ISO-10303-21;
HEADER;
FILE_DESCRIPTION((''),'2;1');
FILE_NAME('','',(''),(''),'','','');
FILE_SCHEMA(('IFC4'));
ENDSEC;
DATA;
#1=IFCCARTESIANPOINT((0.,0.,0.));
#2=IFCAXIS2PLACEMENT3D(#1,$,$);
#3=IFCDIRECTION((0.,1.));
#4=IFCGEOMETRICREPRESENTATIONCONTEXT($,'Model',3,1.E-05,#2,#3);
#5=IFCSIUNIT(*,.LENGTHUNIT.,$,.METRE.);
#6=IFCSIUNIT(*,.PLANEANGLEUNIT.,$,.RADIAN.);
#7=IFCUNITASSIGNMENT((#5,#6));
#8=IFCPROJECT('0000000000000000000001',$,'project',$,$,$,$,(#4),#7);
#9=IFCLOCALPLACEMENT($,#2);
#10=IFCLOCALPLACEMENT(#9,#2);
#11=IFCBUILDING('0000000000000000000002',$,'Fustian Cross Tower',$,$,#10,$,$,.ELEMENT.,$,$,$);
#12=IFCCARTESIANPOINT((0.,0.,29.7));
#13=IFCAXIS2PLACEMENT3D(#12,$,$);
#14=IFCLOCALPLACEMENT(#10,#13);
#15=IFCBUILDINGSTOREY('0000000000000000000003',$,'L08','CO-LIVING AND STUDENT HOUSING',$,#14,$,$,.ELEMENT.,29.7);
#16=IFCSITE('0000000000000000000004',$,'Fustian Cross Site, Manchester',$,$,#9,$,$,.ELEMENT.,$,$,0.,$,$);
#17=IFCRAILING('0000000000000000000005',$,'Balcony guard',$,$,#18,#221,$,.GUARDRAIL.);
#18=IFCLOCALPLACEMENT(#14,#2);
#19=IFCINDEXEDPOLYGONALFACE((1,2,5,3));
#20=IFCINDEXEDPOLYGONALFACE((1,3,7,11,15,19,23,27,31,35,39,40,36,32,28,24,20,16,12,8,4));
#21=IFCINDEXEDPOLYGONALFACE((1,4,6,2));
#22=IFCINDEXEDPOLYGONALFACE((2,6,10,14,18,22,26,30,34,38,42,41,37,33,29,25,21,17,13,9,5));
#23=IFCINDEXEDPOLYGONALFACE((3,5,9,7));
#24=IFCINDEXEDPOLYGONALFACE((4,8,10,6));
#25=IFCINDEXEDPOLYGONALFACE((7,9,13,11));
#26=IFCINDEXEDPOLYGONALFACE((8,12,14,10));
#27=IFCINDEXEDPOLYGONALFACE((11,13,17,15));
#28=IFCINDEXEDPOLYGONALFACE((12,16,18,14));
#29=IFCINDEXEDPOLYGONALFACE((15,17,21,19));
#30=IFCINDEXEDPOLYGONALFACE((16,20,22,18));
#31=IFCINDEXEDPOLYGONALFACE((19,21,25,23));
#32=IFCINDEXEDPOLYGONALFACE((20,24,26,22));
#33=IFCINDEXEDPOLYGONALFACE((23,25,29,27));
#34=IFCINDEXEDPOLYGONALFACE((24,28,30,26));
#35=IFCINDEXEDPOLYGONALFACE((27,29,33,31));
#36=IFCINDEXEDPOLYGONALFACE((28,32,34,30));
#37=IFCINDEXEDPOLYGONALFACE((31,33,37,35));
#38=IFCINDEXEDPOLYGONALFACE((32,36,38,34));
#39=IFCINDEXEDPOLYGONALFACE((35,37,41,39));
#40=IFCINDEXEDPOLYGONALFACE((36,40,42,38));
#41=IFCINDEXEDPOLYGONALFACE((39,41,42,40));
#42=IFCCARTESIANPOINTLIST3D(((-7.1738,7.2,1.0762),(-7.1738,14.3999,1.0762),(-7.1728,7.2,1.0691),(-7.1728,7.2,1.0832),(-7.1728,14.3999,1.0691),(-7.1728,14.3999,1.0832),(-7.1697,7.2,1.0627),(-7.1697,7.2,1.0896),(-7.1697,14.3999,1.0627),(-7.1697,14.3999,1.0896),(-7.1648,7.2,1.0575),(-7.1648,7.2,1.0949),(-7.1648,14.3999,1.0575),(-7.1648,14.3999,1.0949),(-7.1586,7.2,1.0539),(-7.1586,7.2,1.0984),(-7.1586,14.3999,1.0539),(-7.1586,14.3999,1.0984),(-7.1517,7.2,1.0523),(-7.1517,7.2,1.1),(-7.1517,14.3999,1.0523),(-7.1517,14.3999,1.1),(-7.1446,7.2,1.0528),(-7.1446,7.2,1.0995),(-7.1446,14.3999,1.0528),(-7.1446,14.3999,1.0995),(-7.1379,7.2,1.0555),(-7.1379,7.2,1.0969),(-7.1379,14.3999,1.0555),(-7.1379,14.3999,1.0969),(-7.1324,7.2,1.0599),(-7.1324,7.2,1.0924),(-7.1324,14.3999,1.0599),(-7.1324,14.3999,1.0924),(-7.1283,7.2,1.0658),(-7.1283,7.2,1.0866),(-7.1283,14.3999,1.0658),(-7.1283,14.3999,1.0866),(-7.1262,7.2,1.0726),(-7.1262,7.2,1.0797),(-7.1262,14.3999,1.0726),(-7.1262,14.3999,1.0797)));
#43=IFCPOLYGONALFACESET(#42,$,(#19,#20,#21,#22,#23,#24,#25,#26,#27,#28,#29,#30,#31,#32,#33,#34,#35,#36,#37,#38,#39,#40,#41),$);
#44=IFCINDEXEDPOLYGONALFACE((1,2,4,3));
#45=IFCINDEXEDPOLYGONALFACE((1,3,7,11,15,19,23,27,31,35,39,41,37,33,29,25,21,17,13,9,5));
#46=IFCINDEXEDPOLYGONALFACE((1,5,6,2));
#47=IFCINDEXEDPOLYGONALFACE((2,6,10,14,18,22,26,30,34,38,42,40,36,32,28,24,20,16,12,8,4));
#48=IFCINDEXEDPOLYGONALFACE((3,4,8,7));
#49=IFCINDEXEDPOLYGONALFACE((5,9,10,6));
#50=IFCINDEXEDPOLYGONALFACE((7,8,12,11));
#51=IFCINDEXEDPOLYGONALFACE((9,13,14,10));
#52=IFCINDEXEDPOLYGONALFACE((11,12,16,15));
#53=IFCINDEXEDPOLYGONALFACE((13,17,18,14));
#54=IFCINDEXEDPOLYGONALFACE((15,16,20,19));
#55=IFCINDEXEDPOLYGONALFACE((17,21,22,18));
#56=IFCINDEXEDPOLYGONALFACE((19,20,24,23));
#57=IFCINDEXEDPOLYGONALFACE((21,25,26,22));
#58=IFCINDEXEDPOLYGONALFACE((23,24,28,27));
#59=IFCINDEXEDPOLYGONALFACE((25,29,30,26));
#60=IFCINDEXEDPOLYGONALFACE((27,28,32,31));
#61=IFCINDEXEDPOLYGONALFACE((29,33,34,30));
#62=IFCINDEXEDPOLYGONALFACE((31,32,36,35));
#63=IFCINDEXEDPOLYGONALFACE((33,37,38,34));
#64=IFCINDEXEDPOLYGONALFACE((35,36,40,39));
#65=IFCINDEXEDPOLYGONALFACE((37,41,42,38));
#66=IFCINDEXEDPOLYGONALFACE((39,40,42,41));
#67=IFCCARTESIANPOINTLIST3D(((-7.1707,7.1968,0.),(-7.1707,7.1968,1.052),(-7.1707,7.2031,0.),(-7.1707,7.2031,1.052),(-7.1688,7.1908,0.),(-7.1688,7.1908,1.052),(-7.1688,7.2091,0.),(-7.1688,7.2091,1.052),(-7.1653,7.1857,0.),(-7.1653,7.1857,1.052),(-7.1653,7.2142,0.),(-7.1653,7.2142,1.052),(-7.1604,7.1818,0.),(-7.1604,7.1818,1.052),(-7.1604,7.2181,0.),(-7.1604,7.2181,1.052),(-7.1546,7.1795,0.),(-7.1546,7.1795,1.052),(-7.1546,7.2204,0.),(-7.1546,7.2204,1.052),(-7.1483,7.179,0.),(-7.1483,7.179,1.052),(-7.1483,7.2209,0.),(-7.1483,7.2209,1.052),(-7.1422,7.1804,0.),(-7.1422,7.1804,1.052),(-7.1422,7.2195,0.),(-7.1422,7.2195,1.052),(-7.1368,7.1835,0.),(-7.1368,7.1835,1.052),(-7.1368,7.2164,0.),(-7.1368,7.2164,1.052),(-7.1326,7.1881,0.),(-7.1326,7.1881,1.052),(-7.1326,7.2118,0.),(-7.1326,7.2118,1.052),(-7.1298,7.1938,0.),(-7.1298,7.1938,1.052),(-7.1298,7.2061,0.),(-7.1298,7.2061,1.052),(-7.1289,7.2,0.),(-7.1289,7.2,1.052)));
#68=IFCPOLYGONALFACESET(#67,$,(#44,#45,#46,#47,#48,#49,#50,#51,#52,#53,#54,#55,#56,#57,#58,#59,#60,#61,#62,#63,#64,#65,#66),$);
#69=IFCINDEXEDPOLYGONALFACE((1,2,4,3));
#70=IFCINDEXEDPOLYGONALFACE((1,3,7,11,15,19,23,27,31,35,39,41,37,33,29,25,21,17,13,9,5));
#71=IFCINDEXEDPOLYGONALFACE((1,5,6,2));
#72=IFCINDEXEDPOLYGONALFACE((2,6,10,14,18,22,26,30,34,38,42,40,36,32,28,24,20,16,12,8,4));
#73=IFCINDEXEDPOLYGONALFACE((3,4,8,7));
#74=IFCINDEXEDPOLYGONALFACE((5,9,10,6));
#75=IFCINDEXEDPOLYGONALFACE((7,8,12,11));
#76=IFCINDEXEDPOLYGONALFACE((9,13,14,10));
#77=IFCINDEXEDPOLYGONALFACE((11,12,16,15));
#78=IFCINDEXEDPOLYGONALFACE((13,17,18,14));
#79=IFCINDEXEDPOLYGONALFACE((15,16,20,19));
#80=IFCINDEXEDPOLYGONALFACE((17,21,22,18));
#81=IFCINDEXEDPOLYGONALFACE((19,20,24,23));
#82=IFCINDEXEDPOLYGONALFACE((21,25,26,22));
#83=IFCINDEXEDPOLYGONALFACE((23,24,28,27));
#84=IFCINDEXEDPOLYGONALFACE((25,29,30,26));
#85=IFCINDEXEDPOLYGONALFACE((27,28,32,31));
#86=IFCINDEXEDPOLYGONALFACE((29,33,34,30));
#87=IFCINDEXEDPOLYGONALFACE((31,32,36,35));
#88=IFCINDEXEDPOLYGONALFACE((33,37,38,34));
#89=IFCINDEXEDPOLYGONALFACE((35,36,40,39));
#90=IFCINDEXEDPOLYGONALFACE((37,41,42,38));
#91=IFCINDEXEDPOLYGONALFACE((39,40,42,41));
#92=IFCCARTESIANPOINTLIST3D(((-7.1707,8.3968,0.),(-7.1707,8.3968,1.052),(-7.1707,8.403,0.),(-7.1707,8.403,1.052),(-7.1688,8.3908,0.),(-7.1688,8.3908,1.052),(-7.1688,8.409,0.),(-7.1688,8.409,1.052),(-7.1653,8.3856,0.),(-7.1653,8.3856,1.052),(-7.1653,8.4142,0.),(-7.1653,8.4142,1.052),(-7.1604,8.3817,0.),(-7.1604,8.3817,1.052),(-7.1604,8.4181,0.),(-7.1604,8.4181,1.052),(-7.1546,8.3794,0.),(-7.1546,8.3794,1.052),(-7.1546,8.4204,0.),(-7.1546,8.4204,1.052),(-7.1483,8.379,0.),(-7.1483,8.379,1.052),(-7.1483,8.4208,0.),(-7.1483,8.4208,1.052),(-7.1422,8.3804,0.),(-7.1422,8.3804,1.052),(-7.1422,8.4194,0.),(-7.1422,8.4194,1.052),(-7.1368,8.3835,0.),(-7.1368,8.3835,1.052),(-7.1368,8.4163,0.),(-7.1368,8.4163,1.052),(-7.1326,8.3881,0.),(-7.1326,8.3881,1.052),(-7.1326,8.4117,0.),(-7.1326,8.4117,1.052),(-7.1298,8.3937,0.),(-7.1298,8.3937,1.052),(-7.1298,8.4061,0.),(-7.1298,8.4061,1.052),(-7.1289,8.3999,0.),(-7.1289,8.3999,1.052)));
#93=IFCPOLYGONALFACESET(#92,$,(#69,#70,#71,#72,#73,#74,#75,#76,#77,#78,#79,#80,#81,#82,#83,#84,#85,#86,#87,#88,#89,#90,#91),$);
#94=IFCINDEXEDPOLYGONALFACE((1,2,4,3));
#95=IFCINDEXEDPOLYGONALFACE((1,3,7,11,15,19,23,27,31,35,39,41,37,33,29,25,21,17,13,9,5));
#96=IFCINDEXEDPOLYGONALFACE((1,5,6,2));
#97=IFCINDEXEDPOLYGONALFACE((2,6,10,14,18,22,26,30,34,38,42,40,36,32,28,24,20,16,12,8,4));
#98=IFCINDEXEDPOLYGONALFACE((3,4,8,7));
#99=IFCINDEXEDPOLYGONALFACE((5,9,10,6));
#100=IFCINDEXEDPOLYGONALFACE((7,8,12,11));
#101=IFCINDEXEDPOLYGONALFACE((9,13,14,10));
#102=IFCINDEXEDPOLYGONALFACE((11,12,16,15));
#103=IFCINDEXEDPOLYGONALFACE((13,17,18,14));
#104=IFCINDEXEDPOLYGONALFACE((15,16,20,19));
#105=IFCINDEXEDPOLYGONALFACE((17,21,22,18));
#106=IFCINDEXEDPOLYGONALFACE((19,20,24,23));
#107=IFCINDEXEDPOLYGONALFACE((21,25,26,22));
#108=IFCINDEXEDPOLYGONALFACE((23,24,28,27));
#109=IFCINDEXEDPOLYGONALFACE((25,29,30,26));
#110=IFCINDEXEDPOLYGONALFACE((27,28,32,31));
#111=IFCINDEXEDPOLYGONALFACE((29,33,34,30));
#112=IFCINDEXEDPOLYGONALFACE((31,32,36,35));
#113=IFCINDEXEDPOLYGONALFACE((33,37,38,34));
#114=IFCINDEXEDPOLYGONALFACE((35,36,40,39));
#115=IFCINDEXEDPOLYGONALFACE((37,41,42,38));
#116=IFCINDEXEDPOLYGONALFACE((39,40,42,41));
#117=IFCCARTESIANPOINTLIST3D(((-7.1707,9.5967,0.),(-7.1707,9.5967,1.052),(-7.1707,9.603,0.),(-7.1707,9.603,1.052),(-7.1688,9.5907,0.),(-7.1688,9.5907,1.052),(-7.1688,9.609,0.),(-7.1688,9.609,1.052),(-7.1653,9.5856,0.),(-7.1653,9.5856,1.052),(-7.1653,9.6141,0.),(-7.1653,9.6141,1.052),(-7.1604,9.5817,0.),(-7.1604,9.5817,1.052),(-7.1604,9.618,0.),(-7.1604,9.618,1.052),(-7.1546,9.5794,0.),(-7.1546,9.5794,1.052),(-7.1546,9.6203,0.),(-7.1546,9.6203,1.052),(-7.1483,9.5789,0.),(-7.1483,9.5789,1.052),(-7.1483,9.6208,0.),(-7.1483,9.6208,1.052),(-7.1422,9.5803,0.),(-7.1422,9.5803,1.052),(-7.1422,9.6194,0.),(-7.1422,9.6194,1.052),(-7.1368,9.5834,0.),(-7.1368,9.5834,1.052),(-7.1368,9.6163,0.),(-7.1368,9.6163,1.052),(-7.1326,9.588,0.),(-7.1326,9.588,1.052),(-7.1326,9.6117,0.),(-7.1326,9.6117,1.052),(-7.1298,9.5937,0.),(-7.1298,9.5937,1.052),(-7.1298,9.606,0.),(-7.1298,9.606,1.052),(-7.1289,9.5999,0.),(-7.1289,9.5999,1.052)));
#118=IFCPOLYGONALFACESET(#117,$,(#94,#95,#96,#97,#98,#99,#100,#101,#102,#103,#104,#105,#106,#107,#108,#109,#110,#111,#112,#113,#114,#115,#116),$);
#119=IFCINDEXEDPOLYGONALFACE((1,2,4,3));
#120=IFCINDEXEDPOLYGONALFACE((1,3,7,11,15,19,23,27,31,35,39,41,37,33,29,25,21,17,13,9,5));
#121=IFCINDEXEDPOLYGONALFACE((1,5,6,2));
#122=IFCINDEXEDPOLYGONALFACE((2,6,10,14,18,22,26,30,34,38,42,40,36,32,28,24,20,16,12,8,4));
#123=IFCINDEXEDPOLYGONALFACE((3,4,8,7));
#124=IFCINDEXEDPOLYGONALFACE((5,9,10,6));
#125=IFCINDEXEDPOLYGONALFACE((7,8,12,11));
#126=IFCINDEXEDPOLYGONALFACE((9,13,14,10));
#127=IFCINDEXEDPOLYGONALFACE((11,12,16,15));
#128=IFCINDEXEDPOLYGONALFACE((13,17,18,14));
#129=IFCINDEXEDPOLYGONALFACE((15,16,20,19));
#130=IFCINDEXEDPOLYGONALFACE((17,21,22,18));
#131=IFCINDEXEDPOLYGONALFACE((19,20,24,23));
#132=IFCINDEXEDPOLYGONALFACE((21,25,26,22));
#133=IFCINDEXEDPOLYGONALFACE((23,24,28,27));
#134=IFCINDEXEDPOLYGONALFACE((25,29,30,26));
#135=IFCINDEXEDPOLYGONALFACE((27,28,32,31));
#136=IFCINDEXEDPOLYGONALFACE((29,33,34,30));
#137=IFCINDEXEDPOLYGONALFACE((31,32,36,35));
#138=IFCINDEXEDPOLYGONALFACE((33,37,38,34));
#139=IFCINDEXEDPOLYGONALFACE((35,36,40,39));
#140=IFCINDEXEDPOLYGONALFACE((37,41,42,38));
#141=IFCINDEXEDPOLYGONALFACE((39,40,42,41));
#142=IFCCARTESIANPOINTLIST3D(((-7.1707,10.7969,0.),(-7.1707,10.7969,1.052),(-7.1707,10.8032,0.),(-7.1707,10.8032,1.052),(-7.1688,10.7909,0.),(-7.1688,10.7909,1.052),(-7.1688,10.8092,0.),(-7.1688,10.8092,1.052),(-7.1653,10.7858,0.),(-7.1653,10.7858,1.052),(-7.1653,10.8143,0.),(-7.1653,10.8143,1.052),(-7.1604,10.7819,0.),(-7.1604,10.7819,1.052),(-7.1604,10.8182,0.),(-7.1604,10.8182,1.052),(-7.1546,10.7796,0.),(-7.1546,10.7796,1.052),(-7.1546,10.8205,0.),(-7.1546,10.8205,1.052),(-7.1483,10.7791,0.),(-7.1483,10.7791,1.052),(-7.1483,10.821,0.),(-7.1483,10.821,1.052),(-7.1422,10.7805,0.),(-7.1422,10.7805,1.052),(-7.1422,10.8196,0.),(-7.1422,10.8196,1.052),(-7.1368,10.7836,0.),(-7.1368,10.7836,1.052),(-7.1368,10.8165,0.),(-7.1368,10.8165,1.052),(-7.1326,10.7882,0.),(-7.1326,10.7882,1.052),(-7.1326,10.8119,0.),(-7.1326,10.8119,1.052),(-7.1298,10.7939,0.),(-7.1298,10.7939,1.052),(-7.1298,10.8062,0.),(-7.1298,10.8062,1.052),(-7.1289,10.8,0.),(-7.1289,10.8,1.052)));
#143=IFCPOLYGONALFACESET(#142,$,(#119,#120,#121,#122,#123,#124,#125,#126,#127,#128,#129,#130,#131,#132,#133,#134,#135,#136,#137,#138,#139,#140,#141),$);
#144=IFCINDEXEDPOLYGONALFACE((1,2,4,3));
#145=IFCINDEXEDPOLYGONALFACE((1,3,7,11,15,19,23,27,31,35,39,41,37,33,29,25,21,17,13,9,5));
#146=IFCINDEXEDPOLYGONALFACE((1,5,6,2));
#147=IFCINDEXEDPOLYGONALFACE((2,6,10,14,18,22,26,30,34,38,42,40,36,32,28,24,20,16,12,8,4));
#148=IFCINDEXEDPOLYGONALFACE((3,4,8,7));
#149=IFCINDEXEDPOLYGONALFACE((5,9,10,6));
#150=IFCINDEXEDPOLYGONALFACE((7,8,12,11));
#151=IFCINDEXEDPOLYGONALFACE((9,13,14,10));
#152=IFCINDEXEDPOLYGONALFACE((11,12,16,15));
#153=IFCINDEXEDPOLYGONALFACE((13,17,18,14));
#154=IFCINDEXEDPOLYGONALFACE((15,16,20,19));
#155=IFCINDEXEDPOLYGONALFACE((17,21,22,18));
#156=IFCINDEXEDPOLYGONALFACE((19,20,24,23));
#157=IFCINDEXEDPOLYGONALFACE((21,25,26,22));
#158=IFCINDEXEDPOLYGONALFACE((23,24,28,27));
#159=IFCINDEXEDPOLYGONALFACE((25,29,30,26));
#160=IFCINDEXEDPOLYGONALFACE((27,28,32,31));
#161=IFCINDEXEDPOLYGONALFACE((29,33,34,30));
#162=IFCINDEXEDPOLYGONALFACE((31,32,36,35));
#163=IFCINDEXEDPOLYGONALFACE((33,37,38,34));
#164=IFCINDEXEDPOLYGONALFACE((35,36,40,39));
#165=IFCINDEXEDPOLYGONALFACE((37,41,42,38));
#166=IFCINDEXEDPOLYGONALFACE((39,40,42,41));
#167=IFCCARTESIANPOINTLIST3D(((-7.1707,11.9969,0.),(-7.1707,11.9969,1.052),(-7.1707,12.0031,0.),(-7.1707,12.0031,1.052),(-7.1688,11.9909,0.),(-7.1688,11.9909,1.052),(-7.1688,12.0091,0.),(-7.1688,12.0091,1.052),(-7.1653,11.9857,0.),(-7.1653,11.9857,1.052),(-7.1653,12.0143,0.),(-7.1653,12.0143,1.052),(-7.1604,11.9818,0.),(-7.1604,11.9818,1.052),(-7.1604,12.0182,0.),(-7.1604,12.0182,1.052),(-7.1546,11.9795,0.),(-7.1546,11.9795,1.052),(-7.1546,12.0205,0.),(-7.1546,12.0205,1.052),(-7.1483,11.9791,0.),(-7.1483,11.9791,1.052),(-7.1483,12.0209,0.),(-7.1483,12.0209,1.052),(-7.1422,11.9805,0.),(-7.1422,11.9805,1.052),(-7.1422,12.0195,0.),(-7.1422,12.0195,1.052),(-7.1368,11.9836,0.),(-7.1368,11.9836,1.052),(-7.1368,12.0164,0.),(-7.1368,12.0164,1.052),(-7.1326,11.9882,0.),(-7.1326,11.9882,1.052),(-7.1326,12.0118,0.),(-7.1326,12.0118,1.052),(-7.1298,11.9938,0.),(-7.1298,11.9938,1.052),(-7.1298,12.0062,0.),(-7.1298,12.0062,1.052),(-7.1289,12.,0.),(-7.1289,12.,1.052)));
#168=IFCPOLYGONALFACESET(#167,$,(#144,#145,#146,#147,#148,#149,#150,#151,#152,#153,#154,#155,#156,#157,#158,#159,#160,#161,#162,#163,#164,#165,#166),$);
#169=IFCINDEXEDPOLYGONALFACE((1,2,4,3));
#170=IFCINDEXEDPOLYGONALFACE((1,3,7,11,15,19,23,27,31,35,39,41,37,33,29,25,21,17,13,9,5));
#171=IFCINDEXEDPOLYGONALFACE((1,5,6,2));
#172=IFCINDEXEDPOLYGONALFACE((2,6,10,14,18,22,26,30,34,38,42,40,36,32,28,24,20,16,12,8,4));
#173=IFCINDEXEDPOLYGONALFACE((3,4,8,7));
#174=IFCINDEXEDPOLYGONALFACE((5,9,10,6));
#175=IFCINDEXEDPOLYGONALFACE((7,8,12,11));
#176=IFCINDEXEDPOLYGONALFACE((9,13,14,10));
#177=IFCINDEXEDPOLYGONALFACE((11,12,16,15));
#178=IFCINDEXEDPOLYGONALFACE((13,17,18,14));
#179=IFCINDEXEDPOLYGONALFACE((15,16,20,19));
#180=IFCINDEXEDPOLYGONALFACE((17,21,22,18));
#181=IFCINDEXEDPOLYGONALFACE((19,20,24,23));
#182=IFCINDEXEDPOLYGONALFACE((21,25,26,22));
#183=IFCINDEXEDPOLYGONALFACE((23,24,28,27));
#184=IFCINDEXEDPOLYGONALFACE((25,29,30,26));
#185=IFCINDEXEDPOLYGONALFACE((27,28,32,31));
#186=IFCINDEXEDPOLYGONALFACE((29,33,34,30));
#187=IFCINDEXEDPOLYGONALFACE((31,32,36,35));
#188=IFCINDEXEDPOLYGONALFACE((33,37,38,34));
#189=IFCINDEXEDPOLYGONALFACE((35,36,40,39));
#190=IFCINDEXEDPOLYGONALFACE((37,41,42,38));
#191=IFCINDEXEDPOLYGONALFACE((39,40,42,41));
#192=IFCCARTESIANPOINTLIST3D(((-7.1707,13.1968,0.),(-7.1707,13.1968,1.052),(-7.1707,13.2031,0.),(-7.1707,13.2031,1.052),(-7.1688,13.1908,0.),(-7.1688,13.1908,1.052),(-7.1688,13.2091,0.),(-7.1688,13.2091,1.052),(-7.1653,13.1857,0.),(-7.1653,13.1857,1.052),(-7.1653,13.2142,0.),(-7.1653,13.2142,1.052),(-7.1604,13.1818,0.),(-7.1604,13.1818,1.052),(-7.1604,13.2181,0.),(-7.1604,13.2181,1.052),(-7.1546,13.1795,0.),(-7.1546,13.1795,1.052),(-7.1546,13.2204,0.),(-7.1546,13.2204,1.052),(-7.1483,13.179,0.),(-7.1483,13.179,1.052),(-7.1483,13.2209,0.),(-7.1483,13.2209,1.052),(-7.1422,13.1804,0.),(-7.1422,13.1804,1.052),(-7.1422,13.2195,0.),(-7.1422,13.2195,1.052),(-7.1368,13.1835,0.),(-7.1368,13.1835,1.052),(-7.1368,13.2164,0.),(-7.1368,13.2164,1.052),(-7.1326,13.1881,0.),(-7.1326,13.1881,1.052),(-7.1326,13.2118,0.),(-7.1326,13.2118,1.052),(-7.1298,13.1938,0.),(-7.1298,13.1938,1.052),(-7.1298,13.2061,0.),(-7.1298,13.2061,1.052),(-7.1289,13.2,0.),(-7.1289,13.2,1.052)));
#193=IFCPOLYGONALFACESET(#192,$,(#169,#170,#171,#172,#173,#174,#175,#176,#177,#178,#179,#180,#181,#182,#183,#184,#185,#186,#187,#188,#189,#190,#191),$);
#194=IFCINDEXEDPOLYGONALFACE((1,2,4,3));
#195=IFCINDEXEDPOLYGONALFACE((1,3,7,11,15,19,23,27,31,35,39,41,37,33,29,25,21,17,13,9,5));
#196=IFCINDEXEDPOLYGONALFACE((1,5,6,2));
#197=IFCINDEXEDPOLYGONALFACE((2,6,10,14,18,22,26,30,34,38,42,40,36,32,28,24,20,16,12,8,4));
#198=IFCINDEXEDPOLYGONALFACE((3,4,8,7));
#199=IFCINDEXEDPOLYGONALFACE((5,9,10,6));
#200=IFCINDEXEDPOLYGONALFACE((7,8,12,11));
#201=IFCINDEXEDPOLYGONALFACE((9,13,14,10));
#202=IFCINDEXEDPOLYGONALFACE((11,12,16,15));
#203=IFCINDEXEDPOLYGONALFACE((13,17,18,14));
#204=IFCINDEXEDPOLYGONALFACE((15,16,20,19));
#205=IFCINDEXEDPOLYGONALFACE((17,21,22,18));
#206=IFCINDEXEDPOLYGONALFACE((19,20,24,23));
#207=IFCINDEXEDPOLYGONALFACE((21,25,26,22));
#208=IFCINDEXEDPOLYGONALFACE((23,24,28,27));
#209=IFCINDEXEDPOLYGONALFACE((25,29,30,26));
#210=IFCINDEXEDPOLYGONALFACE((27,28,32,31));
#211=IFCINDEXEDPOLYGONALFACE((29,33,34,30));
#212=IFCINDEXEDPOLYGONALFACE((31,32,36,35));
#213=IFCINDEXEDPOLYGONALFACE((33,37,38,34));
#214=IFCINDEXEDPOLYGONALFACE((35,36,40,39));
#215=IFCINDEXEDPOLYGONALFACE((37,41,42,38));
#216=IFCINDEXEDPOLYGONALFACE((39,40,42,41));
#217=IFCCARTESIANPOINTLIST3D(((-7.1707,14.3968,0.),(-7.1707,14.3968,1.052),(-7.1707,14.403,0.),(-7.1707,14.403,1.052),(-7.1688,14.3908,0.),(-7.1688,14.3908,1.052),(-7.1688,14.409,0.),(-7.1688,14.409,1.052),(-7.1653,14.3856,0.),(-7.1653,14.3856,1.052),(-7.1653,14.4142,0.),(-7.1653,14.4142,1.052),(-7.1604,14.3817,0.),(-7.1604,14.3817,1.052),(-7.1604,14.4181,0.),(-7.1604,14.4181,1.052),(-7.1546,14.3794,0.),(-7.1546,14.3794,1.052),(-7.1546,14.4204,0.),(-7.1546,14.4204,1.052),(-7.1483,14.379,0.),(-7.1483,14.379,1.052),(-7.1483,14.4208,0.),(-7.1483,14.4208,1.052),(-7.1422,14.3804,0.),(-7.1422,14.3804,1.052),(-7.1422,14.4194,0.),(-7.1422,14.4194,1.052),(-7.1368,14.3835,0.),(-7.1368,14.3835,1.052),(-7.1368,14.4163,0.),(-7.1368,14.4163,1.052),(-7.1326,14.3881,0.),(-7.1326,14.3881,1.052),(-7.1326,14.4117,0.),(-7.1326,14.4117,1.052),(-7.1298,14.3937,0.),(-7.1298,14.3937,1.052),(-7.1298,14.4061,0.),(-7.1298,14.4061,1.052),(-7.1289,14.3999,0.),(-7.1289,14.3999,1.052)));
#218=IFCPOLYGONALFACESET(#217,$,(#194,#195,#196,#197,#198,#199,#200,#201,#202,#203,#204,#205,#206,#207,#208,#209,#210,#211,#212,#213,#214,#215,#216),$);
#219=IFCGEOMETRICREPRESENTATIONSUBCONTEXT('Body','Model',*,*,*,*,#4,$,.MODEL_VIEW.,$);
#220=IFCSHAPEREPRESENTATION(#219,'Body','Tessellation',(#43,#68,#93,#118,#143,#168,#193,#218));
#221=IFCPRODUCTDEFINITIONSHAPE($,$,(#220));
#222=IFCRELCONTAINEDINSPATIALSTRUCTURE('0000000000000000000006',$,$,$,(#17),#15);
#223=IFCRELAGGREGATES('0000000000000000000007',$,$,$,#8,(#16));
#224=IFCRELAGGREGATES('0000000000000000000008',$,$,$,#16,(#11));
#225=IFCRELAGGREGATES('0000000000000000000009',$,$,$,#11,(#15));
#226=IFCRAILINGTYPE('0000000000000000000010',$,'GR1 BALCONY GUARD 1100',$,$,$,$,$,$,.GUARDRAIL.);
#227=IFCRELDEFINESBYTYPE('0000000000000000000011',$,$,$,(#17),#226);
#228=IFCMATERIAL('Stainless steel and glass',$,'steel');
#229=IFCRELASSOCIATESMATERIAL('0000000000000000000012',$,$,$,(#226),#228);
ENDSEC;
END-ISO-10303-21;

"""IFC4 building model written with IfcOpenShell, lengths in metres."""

from ifc_helpers import new_model, si_unit, direction, frame, origin, origin_2d, place, context, subcontext, project, spatial, circle, extrude, material, type_object, element, save


model = new_model("IFC4")

# Units and contexts
model_context = context("Model", 3, precision=1e-05, world=origin(), true_north=direction((0.0, 1.0)))
body_context = subcontext(model_context, "Body", "Model", "MODEL_VIEW")
ifc_project = project(units=[si_unit("LENGTHUNIT", "METRE"), si_unit("PLANEANGLEUNIT", "RADIAN")], contexts=[model_context])

# Site, building, storey
site_placement = place(None, origin())
site = spatial("IfcSite", under=ifc_project, at=site_placement, Name="Fustian Cross Site, Manchester", CompositionType="ELEMENT", RefElevation=0.0)
building_placement = place(site_placement, origin())
building = spatial("IfcBuilding", under=site, at=building_placement, Name="Fustian Cross Tower", CompositionType="ELEMENT")
storey_placement = place(building_placement, frame((0.0, 0.0, 29.7)))
storey = spatial("IfcBuildingStorey", under=building, at=storey_placement, Name="L08", Description="CO-LIVING AND STUDENT HOUSING", CompositionType="ELEMENT", Elevation=29.7)

# Railing
ifc_material_1 = material(Name="Stainless steel and glass", Category="steel")
railing_type = type_object("IfcRailingType", Name="GR1 BALCONY GUARD 1100", PredefinedType="GUARDRAIL", material=ifc_material_1)
railing_placement = place(storey_placement, frame((-7.1499, 7.2, 0.0)))
element("IfcRailing", 1, at=railing_placement, inside=storey, type_object=railing_type, Name="Balcony guard", PredefinedType="GUARDRAIL", context=body_context, shape_type="SweptSolid", body=[
    extrude(circle(Radius=0.0239, at=origin_2d()), frame((0.0, 0.0, 1.0762), z_axis=(0.0, 1.0, 0.0), x_axis=(-1.0, 0.0, 0.0)), (0.0, 0.0, 1.0), 7.2),
    extrude(circle(Radius=0.021, at=origin_2d()), origin(), (0.0, 0.0, 1.0), 1.052),
    extrude(circle(Radius=0.021, at=origin_2d()), frame((0.0, 1.2, 0.0)), (0.0, 0.0, 1.0), 1.052),
    extrude(circle(Radius=0.021, at=origin_2d()), frame((0.0, 2.3999, 0.0)), (0.0, 0.0, 1.0), 1.052),
    extrude(circle(Radius=0.021, at=origin_2d()), frame((0.0, 3.6001, 0.0)), (0.0, 0.0, 1.0), 1.052),
    extrude(circle(Radius=0.021, at=origin_2d()), frame((0.0, 4.8, 0.0)), (0.0, 0.0, 1.0), 1.052),
    extrude(circle(Radius=0.021, at=origin_2d()), frame((0.0, 6.0, 0.0)), (0.0, 0.0, 1.0), 1.052),
    extrude(circle(Radius=0.021, at=origin_2d()), frame((0.0, 7.2, 0.0)), (0.0, 0.0, 1.0), 1.052),
])

save(model, "model.ifc")
